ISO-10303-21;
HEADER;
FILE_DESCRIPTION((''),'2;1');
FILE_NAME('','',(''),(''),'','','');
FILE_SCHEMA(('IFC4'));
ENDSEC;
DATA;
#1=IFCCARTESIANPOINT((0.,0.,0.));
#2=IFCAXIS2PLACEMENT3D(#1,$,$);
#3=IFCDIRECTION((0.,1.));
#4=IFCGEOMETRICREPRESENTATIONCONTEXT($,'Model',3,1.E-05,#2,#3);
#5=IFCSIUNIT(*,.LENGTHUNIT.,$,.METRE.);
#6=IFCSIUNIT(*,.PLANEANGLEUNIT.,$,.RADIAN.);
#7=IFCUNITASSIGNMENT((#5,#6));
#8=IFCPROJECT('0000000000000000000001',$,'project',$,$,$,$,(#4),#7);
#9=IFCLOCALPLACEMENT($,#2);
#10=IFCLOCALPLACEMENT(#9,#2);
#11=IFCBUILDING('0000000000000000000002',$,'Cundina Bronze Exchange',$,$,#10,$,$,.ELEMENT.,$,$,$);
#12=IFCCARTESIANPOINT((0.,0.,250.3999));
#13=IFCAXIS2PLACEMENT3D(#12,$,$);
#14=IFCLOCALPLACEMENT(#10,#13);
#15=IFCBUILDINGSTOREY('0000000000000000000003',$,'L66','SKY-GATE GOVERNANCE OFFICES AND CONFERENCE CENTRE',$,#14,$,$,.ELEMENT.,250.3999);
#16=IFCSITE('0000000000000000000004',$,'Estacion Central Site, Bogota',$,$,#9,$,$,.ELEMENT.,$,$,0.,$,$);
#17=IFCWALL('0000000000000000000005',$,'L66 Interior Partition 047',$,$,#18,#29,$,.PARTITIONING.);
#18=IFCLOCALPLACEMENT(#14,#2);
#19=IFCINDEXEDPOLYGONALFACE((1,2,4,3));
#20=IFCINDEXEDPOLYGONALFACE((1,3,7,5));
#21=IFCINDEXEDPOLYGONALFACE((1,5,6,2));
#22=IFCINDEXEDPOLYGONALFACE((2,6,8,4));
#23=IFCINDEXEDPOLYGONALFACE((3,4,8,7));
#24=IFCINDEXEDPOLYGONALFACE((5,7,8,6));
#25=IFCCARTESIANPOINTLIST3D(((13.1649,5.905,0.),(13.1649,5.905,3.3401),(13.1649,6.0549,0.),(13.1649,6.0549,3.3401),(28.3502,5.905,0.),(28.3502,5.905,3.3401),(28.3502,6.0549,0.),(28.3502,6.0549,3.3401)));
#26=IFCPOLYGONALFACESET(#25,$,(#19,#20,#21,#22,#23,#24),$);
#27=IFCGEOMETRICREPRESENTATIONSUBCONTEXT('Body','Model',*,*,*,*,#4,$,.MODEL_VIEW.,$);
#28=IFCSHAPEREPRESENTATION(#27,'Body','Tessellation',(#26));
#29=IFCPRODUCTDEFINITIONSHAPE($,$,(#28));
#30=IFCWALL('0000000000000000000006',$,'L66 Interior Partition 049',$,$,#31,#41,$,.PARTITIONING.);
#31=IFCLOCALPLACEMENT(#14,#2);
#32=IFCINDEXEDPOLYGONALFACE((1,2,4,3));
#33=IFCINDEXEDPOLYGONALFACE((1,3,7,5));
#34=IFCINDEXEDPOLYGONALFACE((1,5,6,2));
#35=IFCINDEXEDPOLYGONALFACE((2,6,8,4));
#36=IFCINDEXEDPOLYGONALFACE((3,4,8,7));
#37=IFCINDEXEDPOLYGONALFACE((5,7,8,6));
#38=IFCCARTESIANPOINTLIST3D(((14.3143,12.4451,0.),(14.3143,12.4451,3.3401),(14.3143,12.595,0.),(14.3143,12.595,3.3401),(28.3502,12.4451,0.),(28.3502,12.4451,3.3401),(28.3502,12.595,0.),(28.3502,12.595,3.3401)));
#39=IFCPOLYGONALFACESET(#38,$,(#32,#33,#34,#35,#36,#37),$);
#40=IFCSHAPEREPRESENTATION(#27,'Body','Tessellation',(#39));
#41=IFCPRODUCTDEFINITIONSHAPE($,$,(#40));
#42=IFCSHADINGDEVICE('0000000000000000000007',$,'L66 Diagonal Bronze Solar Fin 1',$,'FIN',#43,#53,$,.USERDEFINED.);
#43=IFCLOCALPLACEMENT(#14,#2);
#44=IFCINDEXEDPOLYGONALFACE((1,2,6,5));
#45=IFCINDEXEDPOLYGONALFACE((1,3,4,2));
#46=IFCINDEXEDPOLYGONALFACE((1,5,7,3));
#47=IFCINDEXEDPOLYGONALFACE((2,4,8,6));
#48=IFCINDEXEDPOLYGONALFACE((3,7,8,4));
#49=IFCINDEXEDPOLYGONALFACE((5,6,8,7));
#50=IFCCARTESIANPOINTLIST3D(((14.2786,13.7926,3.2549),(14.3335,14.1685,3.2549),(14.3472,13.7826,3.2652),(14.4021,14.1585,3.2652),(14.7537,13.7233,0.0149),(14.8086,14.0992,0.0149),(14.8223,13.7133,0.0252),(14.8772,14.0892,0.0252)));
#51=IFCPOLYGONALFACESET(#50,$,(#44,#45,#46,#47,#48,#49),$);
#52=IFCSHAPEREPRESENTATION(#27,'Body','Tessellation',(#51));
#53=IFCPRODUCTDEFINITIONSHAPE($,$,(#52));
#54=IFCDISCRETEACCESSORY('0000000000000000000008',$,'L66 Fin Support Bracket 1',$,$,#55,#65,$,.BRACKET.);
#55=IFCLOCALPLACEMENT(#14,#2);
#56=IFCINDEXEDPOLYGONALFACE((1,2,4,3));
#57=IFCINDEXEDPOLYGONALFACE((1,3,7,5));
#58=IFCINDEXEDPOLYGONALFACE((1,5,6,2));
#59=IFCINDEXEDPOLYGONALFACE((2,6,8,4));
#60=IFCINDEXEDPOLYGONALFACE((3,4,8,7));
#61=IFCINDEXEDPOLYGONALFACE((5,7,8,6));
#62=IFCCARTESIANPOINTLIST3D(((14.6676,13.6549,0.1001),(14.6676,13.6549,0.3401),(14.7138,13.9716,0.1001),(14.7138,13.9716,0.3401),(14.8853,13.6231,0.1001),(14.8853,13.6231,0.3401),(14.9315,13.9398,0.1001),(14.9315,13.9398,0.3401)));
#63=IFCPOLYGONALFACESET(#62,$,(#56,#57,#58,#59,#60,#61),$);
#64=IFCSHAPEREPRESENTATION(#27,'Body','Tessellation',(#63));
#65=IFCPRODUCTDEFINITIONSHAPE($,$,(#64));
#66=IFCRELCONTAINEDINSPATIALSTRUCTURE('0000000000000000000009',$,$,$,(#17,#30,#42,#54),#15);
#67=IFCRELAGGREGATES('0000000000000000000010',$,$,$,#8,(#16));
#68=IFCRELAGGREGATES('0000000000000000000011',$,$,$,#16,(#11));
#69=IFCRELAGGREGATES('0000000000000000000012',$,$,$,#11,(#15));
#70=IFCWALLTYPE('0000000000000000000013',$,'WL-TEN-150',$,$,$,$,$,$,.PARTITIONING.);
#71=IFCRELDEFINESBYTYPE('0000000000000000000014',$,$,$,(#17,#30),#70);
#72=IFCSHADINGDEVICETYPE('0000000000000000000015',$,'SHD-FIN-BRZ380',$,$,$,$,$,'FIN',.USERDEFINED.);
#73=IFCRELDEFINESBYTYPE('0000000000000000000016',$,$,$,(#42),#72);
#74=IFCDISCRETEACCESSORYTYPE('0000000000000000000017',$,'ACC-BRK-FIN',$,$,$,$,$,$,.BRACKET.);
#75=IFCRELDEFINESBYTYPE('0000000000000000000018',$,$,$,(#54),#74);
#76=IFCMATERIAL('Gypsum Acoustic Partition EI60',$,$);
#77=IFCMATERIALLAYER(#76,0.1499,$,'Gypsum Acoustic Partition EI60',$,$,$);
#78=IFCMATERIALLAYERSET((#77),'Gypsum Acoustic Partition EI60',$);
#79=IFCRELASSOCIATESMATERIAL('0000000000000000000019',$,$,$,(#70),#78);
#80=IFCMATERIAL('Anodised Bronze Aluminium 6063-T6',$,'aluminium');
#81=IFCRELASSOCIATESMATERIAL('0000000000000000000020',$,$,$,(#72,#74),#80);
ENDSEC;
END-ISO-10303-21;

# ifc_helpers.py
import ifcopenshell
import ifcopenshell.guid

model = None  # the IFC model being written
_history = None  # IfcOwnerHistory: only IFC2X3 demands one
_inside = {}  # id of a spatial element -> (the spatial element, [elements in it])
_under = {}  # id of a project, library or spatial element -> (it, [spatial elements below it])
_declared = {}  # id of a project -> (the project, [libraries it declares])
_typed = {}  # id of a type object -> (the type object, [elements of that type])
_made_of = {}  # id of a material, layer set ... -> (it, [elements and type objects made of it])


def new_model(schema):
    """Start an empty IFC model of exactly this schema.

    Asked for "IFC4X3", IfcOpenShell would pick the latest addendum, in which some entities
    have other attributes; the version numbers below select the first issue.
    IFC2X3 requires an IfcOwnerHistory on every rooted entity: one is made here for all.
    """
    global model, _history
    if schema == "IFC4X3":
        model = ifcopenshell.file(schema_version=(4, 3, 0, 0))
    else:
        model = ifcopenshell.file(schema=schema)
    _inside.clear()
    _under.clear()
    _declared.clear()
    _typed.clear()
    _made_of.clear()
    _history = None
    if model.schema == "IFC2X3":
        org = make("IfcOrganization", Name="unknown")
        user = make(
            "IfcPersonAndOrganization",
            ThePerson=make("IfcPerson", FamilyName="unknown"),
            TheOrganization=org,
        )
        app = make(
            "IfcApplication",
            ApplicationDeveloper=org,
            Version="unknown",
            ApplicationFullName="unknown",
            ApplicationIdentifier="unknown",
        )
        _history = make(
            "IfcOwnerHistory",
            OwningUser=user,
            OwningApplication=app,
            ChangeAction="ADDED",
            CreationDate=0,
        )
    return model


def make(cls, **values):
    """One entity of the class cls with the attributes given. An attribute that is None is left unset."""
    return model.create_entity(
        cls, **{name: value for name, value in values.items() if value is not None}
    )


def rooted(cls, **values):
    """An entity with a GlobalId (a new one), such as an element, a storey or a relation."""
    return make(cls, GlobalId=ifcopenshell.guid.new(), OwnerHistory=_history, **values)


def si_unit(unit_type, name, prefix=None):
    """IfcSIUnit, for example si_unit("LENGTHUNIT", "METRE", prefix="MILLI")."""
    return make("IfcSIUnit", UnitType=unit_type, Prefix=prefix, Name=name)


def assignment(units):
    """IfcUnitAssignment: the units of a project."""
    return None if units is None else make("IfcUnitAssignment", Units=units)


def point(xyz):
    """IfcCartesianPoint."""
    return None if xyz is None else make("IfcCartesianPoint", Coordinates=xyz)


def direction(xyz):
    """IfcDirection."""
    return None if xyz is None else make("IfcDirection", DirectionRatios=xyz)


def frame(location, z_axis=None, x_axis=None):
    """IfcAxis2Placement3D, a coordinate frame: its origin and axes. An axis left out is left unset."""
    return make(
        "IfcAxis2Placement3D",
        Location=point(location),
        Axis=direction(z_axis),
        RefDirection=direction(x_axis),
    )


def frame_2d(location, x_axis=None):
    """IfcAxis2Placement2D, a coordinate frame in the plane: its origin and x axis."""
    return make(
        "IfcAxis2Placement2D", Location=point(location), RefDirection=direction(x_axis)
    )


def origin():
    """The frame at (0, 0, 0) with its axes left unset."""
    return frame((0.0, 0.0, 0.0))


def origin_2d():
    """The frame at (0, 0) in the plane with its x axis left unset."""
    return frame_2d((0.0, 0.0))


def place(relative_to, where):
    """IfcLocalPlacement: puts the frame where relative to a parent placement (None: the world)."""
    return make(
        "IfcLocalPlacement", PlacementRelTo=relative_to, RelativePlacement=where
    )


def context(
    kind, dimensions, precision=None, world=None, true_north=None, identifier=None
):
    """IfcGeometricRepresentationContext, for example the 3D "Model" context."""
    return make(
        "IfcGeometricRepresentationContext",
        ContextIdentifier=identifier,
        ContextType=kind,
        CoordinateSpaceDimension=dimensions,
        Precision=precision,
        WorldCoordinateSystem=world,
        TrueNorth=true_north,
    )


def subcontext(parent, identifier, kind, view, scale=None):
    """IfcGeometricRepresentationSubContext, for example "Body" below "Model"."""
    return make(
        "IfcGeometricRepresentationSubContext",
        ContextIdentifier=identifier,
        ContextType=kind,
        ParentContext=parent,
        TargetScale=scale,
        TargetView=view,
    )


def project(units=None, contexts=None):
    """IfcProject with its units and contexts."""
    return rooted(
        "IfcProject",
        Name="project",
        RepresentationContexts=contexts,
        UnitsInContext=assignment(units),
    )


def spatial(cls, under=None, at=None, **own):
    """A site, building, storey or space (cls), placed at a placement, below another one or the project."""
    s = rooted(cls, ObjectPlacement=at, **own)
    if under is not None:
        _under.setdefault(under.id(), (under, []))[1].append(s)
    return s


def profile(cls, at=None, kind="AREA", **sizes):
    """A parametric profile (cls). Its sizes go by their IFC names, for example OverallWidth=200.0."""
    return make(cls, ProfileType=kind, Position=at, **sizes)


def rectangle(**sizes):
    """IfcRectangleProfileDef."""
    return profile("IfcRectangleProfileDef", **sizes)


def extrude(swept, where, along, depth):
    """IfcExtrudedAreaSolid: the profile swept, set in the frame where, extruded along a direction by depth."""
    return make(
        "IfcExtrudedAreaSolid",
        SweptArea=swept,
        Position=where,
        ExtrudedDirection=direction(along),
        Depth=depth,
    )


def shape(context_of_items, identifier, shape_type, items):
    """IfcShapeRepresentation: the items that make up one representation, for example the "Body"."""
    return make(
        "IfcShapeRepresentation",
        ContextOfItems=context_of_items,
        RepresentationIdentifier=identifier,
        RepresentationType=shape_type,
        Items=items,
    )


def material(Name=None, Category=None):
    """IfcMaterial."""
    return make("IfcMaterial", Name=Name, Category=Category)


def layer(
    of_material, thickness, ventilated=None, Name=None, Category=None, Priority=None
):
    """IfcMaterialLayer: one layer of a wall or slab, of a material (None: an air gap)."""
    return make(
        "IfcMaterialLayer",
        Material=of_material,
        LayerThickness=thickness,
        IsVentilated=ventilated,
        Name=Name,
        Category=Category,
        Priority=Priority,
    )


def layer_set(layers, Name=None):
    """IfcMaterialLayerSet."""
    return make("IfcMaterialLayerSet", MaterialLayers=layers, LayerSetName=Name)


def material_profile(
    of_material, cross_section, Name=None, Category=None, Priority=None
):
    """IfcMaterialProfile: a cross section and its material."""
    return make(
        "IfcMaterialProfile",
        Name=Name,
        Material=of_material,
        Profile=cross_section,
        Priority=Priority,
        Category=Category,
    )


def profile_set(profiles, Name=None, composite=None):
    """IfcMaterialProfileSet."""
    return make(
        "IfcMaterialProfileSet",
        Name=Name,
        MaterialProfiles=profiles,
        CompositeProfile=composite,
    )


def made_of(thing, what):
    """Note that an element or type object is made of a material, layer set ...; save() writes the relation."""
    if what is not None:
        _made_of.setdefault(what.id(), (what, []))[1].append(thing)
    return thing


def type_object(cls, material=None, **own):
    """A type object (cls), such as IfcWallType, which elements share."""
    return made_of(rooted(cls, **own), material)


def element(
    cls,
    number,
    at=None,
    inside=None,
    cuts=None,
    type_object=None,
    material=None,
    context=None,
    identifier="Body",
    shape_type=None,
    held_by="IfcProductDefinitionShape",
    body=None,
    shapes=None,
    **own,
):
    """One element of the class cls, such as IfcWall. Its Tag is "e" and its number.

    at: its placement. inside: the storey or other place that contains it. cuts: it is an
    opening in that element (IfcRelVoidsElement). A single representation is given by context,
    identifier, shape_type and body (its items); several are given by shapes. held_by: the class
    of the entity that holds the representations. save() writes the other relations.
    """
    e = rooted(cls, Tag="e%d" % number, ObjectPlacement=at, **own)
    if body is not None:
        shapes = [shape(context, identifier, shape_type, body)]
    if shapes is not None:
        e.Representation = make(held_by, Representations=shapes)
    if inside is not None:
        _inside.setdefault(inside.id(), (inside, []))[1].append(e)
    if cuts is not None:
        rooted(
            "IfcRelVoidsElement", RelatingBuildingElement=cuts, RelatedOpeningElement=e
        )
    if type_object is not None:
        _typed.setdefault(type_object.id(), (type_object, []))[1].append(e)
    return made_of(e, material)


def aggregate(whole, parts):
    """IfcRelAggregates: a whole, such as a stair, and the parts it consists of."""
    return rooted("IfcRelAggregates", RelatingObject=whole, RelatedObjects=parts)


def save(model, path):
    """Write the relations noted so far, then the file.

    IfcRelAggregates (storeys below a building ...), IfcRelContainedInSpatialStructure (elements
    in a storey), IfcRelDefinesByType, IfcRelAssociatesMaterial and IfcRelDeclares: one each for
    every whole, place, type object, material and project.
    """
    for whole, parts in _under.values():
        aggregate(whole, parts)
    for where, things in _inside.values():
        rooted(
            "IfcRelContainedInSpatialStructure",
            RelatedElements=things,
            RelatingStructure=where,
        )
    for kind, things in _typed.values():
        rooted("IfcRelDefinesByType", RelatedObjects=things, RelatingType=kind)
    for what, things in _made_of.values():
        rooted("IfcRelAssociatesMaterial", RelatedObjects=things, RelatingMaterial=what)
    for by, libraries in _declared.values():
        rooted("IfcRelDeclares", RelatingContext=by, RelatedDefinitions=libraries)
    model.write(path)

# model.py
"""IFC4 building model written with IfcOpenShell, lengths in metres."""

from ifc_helpers import new_model, si_unit, direction, frame, frame_2d, origin, origin_2d, place, context, subcontext, project, spatial, rectangle, extrude, material, layer, layer_set, material_profile, profile_set, type_object, element, save


model = new_model("IFC4")

# Units and contexts
model_context = context("Model", 3, precision=1e-05, world=origin(), true_north=direction((0.0, 1.0)))
body_context = subcontext(model_context, "Body", "Model", "MODEL_VIEW")
ifc_project = project(units=[si_unit("LENGTHUNIT", "METRE"), si_unit("PLANEANGLEUNIT", "RADIAN")], contexts=[model_context])

# Site, building, storey
site_placement = place(None, origin())
site = spatial("IfcSite", under=ifc_project, at=site_placement, Name="Estacion Central Site, Bogota", CompositionType="ELEMENT", RefElevation=0.0)
building_placement = place(site_placement, origin())
building = spatial("IfcBuilding", under=site, at=building_placement, Name="Cundina Bronze Exchange", CompositionType="ELEMENT")
storey_placement = place(building_placement, frame((0.0, 0.0, 250.3999)))
storey = spatial("IfcBuildingStorey", under=building, at=storey_placement, Name="L66", Description="SKY-GATE GOVERNANCE OFFICES AND CONFERENCE CENTRE", CompositionType="ELEMENT", Elevation=250.3999)

# Shared definitions
ifc_material_1 = material(Name="Anodised Bronze Aluminium 6063-T6", Category="aluminium")

# Walls
ifc_material_2 = material(Name="Gypsum Acoustic Partition EI60")
ifc_layer_1 = layer(ifc_material_2, 0.1499, Name="Gypsum Acoustic Partition EI60")
ifc_layer_set_1 = layer_set([ifc_layer_1], Name="Gypsum Acoustic Partition EI60")
wall_type_1 = type_object("IfcWallType", Name="WL-TEN-150", PredefinedType="PARTITIONING", material=ifc_layer_set_1)
wall_1_placement = place(storey_placement, frame((13.1648, 5.98, 0.0), z_axis=(0.0, 0.0, 1.0), x_axis=(1.0, 0.0, 0.0)))
element("IfcWall", 1, at=wall_1_placement, inside=storey, type_object=wall_type_1, Name="L66 Interior Partition 047", PredefinedType="PARTITIONING", context=body_context, shape_type="SweptSolid", body=[
    extrude(rectangle(XDim=15.1853, YDim=0.1499, at=frame_2d((7.5928, 0.0))), origin(), (0.0, 0.0, 1.0), 3.3401),
])
wall_2_placement = place(storey_placement, frame((14.3142, 12.52, 0.0), z_axis=(0.0, 0.0, 1.0), x_axis=(1.0, 0.0, 0.0)))
element("IfcWall", 2, at=wall_2_placement, inside=storey, type_object=wall_type_1, Name="L66 Interior Partition 049", PredefinedType="PARTITIONING", context=body_context, shape_type="SweptSolid", body=[
    extrude(rectangle(XDim=14.0359, YDim=0.1499, at=frame_2d((7.0181, 0.0))), origin(), (0.0, 0.0, 1.0), 3.3401),
])

# Shading device
ifc_material_profile_1 = material_profile(ifc_material_1, rectangle(XDim=0.0701, YDim=0.3799, at=origin_2d()), Name="FIN70X380", Category="aluminium")
ifc_profile_set_1 = profile_set([ifc_material_profile_1], Name="Anodised Bronze Aluminium 6063-T6")
shading_device_type = type_object("IfcShadingDeviceType", Name="SHD-FIN-BRZ380", ElementType="FIN", PredefinedType="USERDEFINED", material=ifc_profile_set_1)
shading_device_placement = place(storey_placement, frame((14.8154, 13.9062, 0.02), z_axis=(-0.145052, 0.021169, 0.989198), x_axis=(0.978829, -0.142851, 0.146588)))
element("IfcShadingDevice", 3, at=shading_device_placement, inside=storey, type_object=shading_device_type, Name="L66 Diagonal Bronze Solar Fin 1", ObjectType="FIN", PredefinedType="USERDEFINED", context=body_context, shape_type="SweptSolid", body=[
    extrude(rectangle(XDim=0.0701, YDim=0.3799, at=origin_2d()), origin(), (0.0, 0.0, 1.0), 3.2754),
])

# Discrete accessory
discrete_accessory_type = type_object("IfcDiscreteAccessoryType", Name="ACC-BRK-FIN", PredefinedType="BRACKET", material=ifc_material_1)
discrete_accessory_placement = place(storey_placement, frame((14.7996, 13.7974, 0.1001), z_axis=(0.0, 0.0, 1.0), x_axis=(-0.989528, 0.144339, 0.0)))
element("IfcDiscreteAccessory", 4, at=discrete_accessory_placement, inside=storey, type_object=discrete_accessory_type, Name="L66 Fin Support Bracket 1", PredefinedType="BRACKET", context=body_context, shape_type="SweptSolid", body=[
    extrude(rectangle(XDim=0.22, YDim=0.3201, at=origin_2d()), origin(), (0.0, 0.0, 1.0), 0.24),
])

save(model, "model.ifc")
